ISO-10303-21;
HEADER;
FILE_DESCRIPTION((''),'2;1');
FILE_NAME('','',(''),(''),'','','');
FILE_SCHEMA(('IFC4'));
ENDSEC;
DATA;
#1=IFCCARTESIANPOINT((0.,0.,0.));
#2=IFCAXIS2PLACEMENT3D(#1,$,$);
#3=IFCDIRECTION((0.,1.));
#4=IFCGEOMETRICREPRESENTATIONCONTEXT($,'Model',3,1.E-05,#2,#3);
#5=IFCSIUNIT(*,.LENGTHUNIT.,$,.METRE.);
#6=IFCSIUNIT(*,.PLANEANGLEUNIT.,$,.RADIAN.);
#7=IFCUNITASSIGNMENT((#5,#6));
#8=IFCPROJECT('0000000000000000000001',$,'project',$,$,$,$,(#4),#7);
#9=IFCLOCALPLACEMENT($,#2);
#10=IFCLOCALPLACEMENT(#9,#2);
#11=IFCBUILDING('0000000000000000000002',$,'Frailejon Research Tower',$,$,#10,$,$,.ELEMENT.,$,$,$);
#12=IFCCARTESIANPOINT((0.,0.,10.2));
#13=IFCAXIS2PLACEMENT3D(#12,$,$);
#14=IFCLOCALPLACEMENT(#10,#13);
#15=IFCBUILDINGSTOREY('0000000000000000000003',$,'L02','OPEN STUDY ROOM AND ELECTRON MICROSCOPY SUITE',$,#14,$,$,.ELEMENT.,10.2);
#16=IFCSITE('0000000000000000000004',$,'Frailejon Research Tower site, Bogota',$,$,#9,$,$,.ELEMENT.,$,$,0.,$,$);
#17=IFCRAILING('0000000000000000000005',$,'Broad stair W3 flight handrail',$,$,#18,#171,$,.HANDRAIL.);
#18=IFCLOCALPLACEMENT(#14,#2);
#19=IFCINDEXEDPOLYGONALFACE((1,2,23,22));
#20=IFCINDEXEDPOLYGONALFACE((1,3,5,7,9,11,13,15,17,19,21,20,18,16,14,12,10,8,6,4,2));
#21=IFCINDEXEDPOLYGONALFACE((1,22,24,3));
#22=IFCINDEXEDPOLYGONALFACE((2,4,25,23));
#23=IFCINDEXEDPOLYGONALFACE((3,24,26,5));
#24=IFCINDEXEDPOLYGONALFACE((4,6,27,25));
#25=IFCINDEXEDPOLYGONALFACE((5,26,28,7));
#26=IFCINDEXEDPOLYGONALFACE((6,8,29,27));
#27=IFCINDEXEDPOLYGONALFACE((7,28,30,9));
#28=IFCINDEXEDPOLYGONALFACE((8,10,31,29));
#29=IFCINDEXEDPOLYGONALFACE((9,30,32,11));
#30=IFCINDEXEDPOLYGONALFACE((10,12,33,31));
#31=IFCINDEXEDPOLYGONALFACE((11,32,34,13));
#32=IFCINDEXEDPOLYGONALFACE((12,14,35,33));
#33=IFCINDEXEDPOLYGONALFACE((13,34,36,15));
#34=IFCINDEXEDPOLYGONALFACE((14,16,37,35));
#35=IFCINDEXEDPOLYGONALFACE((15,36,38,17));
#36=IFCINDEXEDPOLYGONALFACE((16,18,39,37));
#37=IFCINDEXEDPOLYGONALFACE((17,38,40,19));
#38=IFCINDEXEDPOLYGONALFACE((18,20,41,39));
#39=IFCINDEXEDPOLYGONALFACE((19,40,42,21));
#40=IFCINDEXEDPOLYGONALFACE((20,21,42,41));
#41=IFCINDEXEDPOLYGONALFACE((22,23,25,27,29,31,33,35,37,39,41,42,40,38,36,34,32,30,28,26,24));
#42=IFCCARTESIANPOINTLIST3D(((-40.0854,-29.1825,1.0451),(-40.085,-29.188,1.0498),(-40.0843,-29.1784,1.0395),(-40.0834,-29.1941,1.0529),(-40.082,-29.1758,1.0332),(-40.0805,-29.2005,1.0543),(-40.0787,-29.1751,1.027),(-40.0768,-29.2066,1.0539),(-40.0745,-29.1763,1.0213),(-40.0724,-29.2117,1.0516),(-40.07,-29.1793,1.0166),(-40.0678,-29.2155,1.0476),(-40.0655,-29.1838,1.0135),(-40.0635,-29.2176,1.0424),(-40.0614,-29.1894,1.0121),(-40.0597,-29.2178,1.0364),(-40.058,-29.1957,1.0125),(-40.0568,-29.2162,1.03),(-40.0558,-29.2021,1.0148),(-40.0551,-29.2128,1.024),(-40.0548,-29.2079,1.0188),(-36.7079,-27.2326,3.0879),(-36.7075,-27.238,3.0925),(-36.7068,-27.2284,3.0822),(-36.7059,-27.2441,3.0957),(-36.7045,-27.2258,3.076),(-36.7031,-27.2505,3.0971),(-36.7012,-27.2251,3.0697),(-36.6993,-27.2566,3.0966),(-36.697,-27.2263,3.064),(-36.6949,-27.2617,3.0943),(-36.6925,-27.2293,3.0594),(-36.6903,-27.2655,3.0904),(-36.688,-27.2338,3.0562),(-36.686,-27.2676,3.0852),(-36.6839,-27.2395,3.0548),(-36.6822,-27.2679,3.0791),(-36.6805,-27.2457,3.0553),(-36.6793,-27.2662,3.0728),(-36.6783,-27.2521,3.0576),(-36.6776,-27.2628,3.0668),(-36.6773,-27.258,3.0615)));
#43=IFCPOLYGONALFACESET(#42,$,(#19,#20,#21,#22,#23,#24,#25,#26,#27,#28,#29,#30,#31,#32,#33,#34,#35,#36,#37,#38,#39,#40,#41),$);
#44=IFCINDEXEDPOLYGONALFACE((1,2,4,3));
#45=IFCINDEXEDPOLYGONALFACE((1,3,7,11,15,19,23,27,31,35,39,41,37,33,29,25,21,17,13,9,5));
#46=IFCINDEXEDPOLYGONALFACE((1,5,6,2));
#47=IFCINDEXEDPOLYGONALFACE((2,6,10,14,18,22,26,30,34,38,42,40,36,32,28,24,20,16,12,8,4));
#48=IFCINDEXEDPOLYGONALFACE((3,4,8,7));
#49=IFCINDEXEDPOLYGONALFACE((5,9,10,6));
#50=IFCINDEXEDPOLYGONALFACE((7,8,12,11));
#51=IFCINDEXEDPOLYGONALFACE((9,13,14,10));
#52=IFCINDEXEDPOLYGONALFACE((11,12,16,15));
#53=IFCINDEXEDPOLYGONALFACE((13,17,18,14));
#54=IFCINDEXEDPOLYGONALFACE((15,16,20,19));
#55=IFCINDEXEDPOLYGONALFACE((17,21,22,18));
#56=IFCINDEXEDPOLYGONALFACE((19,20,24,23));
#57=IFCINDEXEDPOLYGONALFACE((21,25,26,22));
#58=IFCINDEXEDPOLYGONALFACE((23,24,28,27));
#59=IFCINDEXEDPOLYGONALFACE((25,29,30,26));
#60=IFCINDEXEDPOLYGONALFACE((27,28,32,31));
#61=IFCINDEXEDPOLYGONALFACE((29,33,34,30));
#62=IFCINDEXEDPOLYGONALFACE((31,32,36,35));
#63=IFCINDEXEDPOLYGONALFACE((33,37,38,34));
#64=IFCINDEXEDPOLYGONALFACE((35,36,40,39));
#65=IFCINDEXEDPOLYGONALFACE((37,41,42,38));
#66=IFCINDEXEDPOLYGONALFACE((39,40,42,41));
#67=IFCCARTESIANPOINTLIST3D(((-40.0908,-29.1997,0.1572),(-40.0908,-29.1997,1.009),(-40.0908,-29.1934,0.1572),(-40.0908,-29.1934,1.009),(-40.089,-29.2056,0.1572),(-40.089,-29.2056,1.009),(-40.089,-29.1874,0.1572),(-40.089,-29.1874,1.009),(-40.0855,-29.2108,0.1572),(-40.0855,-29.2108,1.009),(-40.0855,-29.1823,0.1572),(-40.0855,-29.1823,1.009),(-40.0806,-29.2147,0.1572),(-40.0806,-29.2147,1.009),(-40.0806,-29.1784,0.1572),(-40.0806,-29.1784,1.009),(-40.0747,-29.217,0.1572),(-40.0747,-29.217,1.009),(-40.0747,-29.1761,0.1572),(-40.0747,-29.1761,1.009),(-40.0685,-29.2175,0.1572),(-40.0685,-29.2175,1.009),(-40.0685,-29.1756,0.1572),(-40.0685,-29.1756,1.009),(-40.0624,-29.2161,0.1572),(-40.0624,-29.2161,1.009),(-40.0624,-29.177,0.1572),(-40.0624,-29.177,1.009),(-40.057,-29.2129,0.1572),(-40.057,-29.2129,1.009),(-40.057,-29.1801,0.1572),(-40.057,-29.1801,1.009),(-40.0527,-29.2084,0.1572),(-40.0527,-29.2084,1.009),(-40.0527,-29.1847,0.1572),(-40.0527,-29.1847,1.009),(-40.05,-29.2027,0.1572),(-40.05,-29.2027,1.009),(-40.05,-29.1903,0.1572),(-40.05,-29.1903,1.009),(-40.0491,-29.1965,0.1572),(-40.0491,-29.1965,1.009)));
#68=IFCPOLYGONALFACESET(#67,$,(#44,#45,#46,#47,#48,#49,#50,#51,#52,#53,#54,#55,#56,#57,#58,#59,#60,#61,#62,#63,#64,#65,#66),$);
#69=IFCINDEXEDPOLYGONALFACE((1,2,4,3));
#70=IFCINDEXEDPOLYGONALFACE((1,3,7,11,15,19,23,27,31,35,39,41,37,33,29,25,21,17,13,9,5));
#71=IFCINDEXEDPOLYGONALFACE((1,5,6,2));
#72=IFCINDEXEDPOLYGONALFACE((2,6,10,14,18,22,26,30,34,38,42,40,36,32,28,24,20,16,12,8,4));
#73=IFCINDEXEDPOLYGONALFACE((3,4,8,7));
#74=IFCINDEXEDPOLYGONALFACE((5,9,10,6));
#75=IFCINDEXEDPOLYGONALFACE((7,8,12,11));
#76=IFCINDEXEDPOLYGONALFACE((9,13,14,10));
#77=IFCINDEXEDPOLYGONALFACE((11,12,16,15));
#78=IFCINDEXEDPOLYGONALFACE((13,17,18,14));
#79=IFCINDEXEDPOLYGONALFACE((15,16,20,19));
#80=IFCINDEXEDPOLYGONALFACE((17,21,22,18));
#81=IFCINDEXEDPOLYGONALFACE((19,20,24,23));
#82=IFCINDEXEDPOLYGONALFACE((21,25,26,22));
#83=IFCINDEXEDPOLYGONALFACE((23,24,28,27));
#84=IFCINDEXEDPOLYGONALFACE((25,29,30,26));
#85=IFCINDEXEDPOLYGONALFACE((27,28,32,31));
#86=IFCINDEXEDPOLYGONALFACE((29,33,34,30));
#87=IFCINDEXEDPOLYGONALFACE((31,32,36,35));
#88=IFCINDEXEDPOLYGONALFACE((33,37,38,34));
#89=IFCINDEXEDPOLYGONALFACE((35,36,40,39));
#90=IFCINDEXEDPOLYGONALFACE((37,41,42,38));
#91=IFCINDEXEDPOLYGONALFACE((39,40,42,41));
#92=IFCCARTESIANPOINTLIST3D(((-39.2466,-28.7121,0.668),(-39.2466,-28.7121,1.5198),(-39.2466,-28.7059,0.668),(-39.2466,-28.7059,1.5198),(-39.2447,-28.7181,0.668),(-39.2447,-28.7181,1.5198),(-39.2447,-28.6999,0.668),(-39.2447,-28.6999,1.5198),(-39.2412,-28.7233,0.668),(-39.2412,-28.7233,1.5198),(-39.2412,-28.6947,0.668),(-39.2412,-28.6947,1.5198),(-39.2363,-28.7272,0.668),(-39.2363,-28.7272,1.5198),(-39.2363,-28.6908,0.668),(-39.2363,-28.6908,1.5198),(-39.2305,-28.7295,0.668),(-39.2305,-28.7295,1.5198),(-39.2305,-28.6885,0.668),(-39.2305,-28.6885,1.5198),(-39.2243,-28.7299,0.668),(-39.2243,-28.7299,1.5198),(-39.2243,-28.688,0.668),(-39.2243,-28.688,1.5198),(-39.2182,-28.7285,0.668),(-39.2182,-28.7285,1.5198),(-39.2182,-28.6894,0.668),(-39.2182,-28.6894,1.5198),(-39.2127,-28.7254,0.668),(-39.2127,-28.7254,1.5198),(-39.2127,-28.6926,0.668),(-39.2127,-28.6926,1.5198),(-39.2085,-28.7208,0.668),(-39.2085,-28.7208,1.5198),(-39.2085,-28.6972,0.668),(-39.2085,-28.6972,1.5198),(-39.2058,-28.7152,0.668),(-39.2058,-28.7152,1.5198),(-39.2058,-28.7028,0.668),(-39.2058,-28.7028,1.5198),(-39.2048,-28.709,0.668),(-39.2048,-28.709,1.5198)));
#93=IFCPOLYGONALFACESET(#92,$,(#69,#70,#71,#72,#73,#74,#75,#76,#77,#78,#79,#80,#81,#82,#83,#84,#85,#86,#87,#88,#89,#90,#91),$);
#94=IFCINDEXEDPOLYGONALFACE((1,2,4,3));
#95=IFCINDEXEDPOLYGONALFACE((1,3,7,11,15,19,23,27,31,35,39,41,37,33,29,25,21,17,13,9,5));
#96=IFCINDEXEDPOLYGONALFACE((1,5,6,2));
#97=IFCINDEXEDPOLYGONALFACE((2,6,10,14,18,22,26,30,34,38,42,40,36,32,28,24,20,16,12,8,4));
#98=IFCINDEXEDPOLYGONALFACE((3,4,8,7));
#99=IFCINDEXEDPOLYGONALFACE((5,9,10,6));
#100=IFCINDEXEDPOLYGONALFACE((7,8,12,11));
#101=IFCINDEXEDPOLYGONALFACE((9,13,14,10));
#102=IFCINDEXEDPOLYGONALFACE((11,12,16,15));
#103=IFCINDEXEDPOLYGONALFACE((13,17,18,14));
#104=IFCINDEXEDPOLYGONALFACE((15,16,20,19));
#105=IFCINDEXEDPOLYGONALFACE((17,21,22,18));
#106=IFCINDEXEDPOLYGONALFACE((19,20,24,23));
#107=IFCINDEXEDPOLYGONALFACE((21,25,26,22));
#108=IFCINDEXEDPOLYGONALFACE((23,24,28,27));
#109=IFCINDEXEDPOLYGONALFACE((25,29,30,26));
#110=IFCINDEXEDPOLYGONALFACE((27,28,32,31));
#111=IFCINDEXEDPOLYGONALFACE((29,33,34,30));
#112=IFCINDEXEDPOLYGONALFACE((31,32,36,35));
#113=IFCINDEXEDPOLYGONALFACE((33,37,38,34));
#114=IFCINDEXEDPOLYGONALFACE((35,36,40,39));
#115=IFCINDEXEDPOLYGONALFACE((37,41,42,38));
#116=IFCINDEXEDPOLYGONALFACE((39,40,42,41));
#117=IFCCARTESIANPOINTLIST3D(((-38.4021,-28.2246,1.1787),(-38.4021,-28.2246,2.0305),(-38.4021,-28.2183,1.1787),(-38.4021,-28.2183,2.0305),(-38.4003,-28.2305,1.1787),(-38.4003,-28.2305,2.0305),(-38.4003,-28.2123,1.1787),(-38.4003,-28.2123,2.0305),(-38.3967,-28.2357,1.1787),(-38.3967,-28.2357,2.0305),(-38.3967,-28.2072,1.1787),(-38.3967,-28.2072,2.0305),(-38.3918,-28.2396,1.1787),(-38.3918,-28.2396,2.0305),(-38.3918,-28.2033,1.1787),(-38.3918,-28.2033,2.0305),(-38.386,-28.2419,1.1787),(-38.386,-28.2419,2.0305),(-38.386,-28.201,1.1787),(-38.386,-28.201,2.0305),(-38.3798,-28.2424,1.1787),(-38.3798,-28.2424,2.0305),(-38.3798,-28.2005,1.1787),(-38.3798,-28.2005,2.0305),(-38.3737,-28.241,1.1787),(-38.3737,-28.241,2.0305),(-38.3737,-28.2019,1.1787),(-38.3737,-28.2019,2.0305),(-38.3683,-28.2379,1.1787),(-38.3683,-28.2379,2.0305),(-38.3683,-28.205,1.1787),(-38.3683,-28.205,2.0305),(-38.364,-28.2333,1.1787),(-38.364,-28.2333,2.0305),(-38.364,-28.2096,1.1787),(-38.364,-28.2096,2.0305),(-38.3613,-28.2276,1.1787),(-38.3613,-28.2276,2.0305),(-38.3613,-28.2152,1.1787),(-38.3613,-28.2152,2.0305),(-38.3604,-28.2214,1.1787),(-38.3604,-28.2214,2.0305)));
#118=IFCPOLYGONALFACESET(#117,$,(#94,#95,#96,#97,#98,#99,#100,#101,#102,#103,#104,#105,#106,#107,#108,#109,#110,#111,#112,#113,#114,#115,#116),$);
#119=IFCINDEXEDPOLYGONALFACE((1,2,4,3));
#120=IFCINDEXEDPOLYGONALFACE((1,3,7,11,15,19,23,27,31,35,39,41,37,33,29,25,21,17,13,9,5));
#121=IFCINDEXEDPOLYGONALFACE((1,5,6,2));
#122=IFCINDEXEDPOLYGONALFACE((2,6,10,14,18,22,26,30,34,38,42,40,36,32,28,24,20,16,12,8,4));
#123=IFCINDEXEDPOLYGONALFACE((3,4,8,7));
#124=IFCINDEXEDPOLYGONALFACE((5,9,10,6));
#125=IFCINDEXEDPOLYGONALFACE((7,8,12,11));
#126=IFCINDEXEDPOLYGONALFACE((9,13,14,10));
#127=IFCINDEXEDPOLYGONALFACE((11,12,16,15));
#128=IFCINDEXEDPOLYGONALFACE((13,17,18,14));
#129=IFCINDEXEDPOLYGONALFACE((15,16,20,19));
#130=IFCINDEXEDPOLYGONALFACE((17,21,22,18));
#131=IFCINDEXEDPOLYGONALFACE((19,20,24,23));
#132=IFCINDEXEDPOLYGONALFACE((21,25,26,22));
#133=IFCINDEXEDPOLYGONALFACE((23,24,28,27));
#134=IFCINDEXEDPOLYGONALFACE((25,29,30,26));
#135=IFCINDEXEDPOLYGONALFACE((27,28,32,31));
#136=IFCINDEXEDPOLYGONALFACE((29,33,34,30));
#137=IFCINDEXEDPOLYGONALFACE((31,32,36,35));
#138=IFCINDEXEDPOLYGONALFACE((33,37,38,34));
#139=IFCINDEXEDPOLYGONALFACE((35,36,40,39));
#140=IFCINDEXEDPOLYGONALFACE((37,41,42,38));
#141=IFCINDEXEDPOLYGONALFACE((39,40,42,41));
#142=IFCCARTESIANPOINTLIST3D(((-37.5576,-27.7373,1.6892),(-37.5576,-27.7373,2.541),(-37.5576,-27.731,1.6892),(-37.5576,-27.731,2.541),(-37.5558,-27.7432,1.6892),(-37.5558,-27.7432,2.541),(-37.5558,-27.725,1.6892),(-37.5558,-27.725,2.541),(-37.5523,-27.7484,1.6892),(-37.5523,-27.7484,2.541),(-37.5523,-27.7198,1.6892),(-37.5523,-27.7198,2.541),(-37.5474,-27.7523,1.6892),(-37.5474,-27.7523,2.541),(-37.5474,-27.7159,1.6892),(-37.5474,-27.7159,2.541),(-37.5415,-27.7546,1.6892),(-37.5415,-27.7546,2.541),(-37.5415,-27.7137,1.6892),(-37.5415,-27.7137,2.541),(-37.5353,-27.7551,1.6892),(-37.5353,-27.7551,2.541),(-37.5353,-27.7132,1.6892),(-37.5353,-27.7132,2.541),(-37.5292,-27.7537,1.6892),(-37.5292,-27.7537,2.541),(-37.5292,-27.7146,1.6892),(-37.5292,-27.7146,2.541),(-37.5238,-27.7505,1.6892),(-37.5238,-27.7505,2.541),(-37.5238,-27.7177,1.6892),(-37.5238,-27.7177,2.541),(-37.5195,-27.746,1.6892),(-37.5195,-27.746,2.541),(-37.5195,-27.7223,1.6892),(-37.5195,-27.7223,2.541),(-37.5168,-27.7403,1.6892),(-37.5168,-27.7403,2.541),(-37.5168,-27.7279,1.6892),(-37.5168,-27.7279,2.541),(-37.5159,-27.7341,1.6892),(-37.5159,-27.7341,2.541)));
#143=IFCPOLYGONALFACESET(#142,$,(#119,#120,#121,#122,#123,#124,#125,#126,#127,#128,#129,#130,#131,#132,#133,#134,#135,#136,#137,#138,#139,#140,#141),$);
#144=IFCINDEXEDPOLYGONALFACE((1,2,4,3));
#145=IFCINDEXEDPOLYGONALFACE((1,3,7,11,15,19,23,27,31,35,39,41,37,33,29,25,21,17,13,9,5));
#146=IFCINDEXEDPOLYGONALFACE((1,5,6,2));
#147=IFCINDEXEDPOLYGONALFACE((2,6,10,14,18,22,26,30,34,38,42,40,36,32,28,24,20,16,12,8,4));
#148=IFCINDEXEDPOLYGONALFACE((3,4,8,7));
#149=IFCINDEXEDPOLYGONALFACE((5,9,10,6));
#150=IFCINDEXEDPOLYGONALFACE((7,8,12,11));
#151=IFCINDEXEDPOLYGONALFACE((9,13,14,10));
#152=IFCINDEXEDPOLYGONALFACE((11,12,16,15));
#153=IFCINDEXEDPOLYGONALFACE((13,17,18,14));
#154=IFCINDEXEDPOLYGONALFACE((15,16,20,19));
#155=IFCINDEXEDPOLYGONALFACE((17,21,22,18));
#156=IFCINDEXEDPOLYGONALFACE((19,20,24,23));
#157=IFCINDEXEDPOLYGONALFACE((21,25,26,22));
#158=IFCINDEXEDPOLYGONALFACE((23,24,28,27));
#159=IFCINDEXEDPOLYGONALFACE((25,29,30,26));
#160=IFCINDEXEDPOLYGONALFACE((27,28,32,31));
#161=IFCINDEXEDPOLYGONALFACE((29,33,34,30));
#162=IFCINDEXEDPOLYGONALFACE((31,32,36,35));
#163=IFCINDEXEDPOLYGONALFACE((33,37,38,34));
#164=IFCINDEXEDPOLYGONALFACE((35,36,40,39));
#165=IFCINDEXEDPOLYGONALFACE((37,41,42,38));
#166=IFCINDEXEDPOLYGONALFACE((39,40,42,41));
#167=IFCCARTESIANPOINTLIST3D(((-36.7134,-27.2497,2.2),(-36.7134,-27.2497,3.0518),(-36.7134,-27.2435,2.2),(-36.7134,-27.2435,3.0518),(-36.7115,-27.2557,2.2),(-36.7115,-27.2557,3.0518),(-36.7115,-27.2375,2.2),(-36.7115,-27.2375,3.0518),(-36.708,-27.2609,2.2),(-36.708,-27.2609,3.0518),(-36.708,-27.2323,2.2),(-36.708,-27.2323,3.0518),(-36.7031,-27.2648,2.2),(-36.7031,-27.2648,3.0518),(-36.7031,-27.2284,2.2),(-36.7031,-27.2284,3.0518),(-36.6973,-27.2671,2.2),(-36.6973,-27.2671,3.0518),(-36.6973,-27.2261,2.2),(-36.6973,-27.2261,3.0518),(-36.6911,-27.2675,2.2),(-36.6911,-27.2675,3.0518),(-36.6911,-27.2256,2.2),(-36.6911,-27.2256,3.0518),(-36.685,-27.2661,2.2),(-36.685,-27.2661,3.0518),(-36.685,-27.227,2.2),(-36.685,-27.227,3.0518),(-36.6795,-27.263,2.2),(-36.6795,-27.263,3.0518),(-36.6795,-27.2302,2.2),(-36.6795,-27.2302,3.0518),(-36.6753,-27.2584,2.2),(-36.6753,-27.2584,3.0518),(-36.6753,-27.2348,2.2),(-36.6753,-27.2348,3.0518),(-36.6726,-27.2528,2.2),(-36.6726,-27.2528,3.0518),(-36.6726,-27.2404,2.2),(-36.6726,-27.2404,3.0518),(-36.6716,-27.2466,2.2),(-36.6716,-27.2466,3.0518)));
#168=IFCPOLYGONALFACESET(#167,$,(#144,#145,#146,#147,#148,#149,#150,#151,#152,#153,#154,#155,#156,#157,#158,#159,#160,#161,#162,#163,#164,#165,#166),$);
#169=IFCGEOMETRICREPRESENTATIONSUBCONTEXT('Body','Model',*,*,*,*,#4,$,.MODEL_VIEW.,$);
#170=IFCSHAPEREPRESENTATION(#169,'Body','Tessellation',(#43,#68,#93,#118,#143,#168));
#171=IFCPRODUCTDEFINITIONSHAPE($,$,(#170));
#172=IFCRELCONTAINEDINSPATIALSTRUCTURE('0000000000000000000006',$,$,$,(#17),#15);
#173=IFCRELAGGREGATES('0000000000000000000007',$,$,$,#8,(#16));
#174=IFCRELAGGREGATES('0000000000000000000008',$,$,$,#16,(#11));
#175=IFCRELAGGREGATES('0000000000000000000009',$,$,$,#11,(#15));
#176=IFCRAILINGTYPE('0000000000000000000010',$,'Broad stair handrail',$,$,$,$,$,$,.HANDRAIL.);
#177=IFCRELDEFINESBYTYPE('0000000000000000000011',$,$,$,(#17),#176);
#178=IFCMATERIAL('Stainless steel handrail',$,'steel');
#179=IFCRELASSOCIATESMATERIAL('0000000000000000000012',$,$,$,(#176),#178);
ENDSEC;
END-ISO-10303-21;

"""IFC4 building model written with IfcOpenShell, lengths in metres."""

from ifc_helpers import new_model, si_unit, direction, frame, origin, origin_2d, place, context, subcontext, project, spatial, circle, extrude, material, type_object, element, save


model = new_model("IFC4")

# Units and contexts
model_context = context("Model", 3, precision=1e-05, world=origin(), true_north=direction((0.0, 1.0)))
body_context = subcontext(model_context, "Body", "Model", "MODEL_VIEW")
ifc_project = project(units=[si_unit("LENGTHUNIT", "METRE"), si_unit("PLANEANGLEUNIT", "RADIAN")], contexts=[model_context])

# Site, building, storey
site_placement = place(None, origin())
site = spatial("IfcSite", under=ifc_project, at=site_placement, Name="Frailejon Research Tower site, Bogota", CompositionType="ELEMENT", RefElevation=0.0)
building_placement = place(site_placement, origin())
building = spatial("IfcBuilding", under=site, at=building_placement, Name="Frailejon Research Tower", CompositionType="ELEMENT")
storey_placement = place(building_placement, frame((0.0, 0.0, 10.2)))
storey = spatial("IfcBuildingStorey", under=building, at=storey_placement, Name="L02", Description="OPEN STUDY ROOM AND ELECTRON MICROSCOPY SUITE", CompositionType="ELEMENT", Elevation=10.2)

# Railing
ifc_material_1 = material(Name="Stainless steel handrail", Category="steel")
railing_type_1 = type_object("IfcRailingType", Name="Broad stair handrail", PredefinedType="HANDRAIL", material=ifc_material_1)
railing_1_placement = place(storey_placement, frame((-40.0701, -29.1965, 0.1572)))
element("IfcRailing", 1, at=railing_1_placement, inside=storey, type_object=railing_type_1, Name="Broad stair W3 flight handrail", PredefinedType="HANDRAIL", context=body_context, shape_type="SweptSolid", body=[
    extrude(circle(Radius=0.0239, at=origin_2d()), frame((0.0, 0.0, 0.876), z_axis=(0.767162, 0.442917, 0.46399), x_axis=(-0.499997, 0.866027, 0.0)), (0.0, 0.0, 1.0), 4.4026),
    extrude(circle(Radius=0.021, at=origin_2d()), origin(), (0.0, 0.0, 1.0), 0.8518),
    extrude(circle(Radius=0.021, at=origin_2d()), frame((0.8442, 0.4875, 0.5107)), (0.0, 0.0, 1.0), 0.8518),
    extrude(circle(Radius=0.021, at=origin_2d()), frame((1.6887, 0.9751, 1.0215)), (0.0, 0.0, 1.0), 0.8518),
    extrude(circle(Radius=0.021, at=origin_2d()), frame((2.5332, 1.4624, 1.532)), (0.0, 0.0, 1.0), 0.8518),
    extrude(circle(Radius=0.021, at=origin_2d()), frame((3.3774, 1.95, 2.0427)), (0.0, 0.0, 1.0), 0.8518),
])

save(model, "model.ifc")
